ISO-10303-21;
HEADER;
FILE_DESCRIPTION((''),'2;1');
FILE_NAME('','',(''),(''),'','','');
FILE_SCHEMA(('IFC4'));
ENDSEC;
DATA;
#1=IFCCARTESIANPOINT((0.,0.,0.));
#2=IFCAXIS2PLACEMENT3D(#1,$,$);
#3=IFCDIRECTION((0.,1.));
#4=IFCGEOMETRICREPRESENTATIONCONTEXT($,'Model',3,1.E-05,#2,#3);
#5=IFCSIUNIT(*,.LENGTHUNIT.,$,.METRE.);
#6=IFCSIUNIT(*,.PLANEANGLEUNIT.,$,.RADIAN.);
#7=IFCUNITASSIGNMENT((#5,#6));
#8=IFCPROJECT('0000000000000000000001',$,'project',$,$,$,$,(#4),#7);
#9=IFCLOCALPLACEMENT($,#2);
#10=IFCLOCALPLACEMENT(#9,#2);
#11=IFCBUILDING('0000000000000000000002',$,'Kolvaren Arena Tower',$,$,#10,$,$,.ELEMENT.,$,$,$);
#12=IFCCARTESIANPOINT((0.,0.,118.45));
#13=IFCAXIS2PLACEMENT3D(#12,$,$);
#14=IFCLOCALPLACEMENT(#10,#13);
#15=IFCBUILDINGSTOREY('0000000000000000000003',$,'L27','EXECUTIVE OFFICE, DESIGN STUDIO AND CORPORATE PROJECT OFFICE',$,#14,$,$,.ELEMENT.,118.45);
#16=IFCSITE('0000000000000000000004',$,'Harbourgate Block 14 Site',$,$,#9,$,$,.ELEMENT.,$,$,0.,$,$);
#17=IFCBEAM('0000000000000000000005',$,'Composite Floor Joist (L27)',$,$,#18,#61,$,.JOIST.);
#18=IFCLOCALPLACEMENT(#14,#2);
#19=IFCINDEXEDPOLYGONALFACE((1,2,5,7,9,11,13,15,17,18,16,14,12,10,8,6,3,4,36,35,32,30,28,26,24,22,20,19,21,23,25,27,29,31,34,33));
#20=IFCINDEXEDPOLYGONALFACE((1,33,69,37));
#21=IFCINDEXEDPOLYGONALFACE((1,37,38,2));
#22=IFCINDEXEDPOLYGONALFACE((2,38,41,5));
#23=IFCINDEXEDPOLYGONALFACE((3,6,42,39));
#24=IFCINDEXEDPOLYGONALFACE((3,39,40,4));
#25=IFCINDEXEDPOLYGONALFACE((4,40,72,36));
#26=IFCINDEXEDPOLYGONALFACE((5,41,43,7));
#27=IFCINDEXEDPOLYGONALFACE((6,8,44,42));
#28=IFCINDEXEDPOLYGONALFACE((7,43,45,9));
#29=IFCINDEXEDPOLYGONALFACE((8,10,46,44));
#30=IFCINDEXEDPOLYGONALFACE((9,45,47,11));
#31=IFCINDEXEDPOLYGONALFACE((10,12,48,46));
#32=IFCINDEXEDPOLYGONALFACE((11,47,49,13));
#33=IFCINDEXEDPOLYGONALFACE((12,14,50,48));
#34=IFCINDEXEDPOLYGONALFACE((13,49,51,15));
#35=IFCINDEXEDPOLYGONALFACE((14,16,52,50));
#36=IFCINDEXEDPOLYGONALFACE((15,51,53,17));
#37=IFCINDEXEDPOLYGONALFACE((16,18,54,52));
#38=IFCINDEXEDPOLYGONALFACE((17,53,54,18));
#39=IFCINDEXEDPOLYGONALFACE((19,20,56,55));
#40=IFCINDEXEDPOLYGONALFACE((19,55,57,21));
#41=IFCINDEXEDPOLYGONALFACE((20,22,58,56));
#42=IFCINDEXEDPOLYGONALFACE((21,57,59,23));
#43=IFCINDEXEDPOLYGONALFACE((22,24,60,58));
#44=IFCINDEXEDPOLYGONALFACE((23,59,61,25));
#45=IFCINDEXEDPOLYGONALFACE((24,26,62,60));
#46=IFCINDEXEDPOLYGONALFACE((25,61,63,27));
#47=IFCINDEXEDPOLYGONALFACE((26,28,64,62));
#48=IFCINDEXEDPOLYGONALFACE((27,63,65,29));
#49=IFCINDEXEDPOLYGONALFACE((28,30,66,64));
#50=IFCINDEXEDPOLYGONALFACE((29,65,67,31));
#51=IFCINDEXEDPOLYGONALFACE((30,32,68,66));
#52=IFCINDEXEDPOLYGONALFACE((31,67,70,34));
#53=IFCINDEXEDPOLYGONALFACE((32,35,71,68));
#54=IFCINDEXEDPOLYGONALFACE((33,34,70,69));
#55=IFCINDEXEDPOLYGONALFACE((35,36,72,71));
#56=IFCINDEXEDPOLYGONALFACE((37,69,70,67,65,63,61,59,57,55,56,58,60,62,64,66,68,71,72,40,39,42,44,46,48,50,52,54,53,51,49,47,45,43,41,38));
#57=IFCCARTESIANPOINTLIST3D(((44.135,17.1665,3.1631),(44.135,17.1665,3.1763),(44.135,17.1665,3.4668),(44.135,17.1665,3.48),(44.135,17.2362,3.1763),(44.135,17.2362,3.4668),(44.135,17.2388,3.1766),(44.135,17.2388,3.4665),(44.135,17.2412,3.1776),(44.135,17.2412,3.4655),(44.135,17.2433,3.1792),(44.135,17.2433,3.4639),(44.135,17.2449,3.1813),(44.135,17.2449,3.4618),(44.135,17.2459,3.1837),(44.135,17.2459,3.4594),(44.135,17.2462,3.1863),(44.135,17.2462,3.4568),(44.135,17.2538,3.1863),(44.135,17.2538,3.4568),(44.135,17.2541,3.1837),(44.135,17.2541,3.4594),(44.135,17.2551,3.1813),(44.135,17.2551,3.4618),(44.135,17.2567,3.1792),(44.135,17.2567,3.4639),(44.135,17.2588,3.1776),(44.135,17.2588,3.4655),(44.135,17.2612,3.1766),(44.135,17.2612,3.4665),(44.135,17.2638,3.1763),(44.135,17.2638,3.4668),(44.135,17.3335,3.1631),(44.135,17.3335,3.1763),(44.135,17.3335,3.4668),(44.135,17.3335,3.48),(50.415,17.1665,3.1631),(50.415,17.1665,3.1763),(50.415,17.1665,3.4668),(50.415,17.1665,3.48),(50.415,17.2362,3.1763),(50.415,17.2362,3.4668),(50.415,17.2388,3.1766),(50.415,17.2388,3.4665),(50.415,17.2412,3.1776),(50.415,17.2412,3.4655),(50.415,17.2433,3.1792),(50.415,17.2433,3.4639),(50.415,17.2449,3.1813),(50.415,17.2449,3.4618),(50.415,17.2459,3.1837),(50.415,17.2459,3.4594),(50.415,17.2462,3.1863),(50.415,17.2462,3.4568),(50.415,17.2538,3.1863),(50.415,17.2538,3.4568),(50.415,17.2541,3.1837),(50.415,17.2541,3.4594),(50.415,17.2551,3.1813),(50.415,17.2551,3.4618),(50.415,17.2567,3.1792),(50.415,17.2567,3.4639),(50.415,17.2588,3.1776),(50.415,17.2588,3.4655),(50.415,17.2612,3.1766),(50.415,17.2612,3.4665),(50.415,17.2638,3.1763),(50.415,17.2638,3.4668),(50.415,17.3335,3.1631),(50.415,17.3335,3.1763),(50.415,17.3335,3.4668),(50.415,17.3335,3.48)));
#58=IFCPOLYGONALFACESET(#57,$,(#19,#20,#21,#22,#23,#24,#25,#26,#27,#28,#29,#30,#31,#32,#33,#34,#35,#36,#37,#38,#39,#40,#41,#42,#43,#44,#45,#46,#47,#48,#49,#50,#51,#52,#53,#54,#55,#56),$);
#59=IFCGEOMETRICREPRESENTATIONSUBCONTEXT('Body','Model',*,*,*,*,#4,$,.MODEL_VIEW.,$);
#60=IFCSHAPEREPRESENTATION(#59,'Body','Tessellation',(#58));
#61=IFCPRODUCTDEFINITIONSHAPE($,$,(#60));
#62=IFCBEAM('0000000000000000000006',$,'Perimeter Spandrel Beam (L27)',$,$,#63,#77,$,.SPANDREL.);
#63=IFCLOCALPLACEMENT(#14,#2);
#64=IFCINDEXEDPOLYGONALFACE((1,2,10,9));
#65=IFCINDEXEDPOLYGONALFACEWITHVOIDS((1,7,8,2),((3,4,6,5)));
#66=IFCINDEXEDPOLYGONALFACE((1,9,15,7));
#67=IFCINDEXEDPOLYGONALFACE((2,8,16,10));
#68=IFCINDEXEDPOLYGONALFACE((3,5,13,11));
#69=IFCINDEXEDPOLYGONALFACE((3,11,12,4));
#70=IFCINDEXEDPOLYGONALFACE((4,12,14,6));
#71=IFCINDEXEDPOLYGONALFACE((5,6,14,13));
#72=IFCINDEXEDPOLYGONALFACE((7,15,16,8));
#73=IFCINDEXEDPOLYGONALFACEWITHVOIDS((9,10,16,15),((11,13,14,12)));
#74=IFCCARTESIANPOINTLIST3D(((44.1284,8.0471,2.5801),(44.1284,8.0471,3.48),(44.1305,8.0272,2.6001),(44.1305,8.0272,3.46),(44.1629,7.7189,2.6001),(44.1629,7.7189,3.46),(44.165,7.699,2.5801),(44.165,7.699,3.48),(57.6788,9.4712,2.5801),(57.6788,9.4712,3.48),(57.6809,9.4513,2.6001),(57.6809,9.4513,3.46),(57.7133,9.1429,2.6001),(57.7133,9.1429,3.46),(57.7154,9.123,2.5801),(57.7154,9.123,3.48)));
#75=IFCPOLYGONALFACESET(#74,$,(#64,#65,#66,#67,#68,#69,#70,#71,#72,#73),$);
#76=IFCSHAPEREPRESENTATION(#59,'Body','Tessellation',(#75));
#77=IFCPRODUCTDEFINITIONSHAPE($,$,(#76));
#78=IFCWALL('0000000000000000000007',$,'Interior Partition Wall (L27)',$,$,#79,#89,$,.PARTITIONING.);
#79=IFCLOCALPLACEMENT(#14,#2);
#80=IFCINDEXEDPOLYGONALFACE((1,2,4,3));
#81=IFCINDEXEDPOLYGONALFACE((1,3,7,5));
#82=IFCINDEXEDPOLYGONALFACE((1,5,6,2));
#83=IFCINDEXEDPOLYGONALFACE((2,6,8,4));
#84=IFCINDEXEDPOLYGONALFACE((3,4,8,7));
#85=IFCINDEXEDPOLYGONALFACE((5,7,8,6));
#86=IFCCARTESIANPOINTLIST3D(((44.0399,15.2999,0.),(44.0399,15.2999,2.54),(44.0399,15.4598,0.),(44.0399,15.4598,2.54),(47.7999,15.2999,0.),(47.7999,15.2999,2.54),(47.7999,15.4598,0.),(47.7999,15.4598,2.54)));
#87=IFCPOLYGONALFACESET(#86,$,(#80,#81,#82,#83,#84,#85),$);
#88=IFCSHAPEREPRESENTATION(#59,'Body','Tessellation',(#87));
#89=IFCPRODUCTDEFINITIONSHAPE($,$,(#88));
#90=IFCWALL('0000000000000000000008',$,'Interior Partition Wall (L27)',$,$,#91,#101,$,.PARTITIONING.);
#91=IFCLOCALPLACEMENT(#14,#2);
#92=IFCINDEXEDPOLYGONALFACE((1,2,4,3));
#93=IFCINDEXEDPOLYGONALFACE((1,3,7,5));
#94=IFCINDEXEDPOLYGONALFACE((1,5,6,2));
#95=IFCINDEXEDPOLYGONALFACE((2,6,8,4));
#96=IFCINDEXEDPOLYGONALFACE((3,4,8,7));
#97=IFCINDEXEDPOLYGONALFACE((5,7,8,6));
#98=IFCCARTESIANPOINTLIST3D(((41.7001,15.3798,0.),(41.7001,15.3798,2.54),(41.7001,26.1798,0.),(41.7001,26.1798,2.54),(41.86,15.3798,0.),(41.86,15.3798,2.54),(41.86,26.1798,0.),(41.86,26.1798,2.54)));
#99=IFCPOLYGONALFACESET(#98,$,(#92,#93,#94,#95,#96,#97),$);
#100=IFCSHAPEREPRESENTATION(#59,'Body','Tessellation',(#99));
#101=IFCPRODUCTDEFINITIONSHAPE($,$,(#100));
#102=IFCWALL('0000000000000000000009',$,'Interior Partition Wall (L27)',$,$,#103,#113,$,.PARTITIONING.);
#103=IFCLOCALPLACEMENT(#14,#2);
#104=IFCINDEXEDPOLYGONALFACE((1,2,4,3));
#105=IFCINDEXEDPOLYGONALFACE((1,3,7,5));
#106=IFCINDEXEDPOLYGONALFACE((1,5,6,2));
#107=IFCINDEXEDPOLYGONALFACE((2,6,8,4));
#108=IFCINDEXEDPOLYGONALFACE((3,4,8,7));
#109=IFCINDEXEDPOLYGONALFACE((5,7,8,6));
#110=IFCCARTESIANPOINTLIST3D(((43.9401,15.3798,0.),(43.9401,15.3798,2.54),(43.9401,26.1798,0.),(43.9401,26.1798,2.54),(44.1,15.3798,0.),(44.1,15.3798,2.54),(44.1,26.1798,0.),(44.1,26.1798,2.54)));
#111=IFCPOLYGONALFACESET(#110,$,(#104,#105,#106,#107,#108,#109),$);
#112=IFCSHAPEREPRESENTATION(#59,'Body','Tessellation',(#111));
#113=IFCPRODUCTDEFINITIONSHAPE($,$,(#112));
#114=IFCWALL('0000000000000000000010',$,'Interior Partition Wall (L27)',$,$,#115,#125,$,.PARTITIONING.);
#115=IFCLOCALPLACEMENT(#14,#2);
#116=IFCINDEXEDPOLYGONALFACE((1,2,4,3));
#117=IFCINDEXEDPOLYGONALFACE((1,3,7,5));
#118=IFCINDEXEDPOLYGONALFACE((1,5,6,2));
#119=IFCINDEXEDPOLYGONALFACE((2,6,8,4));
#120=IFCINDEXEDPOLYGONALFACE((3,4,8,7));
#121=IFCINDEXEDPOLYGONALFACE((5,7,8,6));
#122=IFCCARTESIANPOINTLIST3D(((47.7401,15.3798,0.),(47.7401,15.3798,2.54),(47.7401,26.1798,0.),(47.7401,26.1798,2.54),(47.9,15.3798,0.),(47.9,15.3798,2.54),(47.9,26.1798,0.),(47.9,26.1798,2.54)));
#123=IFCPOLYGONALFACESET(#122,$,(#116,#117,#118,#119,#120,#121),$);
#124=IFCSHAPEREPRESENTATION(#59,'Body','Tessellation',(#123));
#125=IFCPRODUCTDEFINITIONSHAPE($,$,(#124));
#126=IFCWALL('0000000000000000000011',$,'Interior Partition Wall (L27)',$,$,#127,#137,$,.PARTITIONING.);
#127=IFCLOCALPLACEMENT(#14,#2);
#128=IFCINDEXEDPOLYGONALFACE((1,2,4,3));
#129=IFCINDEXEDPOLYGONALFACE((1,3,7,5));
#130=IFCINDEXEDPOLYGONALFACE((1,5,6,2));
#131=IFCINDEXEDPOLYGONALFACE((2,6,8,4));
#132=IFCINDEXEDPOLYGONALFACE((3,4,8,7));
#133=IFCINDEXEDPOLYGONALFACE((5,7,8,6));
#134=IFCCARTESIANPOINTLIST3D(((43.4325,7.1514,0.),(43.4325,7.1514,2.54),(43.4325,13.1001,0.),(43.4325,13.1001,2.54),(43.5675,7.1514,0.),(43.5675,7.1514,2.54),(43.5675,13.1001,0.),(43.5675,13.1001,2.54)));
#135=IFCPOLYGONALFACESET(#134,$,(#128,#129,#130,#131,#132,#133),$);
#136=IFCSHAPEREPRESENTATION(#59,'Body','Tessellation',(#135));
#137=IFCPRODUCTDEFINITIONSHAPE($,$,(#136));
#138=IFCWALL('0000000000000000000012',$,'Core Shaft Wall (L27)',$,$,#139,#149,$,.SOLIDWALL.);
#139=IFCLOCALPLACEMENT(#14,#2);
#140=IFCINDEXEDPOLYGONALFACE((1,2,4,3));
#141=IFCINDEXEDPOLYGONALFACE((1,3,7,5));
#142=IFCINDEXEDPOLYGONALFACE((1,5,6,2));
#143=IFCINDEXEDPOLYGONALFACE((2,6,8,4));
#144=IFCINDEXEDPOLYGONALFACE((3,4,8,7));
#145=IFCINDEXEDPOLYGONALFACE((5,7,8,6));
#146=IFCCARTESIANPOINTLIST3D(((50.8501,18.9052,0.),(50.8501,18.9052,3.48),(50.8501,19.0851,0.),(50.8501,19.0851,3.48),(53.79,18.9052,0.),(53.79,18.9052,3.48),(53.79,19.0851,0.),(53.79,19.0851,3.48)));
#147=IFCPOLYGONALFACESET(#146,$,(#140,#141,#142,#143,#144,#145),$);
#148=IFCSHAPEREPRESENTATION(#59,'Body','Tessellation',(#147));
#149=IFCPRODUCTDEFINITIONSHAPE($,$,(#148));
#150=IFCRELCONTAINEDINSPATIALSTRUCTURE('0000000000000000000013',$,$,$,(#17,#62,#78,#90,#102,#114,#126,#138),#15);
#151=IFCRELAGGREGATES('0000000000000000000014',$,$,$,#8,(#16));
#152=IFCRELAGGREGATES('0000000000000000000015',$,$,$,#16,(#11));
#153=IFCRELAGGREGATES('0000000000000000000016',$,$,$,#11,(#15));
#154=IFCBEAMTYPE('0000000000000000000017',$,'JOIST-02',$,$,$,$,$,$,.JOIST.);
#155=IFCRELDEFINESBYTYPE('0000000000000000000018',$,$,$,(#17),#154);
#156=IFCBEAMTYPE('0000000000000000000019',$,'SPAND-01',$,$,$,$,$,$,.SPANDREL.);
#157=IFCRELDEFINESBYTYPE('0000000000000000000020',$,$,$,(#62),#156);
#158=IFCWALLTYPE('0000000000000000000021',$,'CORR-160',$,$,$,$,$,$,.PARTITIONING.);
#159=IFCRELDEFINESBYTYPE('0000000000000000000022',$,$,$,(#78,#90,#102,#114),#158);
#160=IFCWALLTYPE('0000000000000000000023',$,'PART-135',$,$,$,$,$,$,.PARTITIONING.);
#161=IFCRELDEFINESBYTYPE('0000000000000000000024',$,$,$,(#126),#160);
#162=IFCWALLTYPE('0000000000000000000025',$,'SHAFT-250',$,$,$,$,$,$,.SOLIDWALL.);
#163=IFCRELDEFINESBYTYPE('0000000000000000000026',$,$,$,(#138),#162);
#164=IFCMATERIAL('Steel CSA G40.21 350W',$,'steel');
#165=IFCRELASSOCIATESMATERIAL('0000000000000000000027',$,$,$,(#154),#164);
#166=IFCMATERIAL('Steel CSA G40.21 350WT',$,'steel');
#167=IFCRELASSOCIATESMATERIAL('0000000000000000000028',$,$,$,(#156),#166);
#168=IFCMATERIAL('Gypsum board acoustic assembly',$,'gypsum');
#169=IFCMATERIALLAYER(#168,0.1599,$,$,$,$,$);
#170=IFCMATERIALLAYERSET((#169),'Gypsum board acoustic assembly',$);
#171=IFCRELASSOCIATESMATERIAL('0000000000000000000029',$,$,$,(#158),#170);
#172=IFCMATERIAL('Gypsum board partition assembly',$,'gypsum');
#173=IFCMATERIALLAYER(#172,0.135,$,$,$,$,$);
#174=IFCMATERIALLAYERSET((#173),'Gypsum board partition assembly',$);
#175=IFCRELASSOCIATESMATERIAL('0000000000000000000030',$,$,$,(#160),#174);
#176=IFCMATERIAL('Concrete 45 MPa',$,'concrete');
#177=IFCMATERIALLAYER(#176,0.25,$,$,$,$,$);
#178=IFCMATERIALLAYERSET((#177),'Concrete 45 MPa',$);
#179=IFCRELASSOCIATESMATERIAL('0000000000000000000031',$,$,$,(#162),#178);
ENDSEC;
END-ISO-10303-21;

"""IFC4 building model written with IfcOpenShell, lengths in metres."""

from ifc_helpers import new_model, si_unit, direction, frame, frame_2d, origin, origin_2d, place, context, subcontext, project, spatial, rectangle, hollow_rectangle, i_section, extrude, material, layer, layer_set, material_profile, profile_set, type_object, element, save


model = new_model("IFC4")

# Units and contexts
model_context = context("Model", 3, precision=1e-05, world=origin(), true_north=direction((0.0, 1.0)))
body_context = subcontext(model_context, "Body", "Model", "MODEL_VIEW")
ifc_project = project(units=[si_unit("LENGTHUNIT", "METRE"), si_unit("PLANEANGLEUNIT", "RADIAN")], contexts=[model_context])

# Site, building, storey
site_placement = place(None, origin())
site = spatial("IfcSite", under=ifc_project, at=site_placement, Name="Harbourgate Block 14 Site", CompositionType="ELEMENT", RefElevation=0.0)
building_placement = place(site_placement, origin())
building = spatial("IfcBuilding", under=site, at=building_placement, Name="Kolvaren Arena Tower", CompositionType="ELEMENT")
storey_placement = place(building_placement, frame((0.0, 0.0, 118.45)))
storey = spatial("IfcBuildingStorey", under=building, at=storey_placement, Name="L27", Description="EXECUTIVE OFFICE, DESIGN STUDIO AND CORPORATE PROJECT OFFICE", CompositionType="ELEMENT", Elevation=118.45)

# Beams
ifc_material_1 = material(Name="Steel CSA G40.21 350W", Category="steel")
ifc_material_profile_1 = material_profile(ifc_material_1, i_section(OverallWidth=0.167, OverallDepth=0.3169, WebThickness=0.0076, FlangeThickness=0.0132, FilletRadius=0.01, at=origin_2d()), Name="W310x52")
ifc_profile_set_1 = profile_set([ifc_material_profile_1], Name="Steel CSA G40.21 350W")
beam_type_1 = type_object("IfcBeamType", Name="JOIST-02", PredefinedType="JOIST", material=ifc_profile_set_1)
beam_1_placement = place(storey_placement, frame((44.135, 17.25, 3.3215), z_axis=(1.0, 0.0, 0.0), x_axis=(0.0, 1.0, 0.0)))
element("IfcBeam", 1, at=beam_1_placement, inside=storey, type_object=beam_type_1, Name="Composite Floor Joist (L27)", PredefinedType="JOIST", context=body_context, shape_type="SweptSolid", body=[
    extrude(i_section(OverallWidth=0.167, OverallDepth=0.3169, WebThickness=0.0076, FlangeThickness=0.0132, FilletRadius=0.01, at=origin_2d()), origin(), (0.0, 0.0, 1.0), 6.28),
])
ifc_material_2 = material(Name="Steel CSA G40.21 350WT", Category="steel")
ifc_material_profile_2 = material_profile(ifc_material_2, hollow_rectangle(XDim=0.3501, YDim=0.8999, WallThickness=0.02, at=origin_2d()), Name="HSS 900x350x20")
ifc_profile_set_2 = profile_set([ifc_material_profile_2], Name="Steel CSA G40.21 350WT")
beam_type_2 = type_object("IfcBeamType", Name="SPAND-01", PredefinedType="SPANDREL", material=ifc_profile_set_2)
beam_2_placement = place(storey_placement, frame((44.1467, 7.873, 3.03), z_axis=(0.994523, 0.10452, 0.0), x_axis=(-0.10452, 0.994523, 0.0)))
element("IfcBeam", 2, at=beam_2_placement, inside=storey, type_object=beam_type_2, Name="Perimeter Spandrel Beam (L27)", PredefinedType="SPANDREL", context=body_context, shape_type="SweptSolid", body=[
    extrude(hollow_rectangle(XDim=0.3501, YDim=0.8999, WallThickness=0.02, at=origin_2d()), origin(), (0.0, 0.0, 1.0), 13.625),
])

# Walls
ifc_material_3 = material(Name="Gypsum board acoustic assembly", Category="gypsum")
ifc_layer_1 = layer(ifc_material_3, 0.1599)
ifc_layer_set_1 = layer_set([ifc_layer_1], Name="Gypsum board acoustic assembly")
wall_type_1 = type_object("IfcWallType", Name="CORR-160", PredefinedType="PARTITIONING", material=ifc_layer_set_1)
wall_1_placement = place(storey_placement, frame((44.04, 15.3799, 0.0), z_axis=(0.0, 0.0, 1.0), x_axis=(1.0, 0.0, 0.0)))
element("IfcWall", 3, at=wall_1_placement, inside=storey, type_object=wall_type_1, Name="Interior Partition Wall (L27)", PredefinedType="PARTITIONING", context=body_context, shape_type="SweptSolid", body=[
    extrude(rectangle(XDim=3.76, YDim=0.1599, at=frame_2d((1.8799, 0.0))), origin(), (0.0, 0.0, 1.0), 2.54),
])
for number, where, z_axis, x_axis, name in (
    (4, (41.78, 15.3799, 0.0), (0.0, 0.0, 1.0), (0.0, 1.0, 0.0), "Interior Partition Wall (L27)"),
    (5, (44.02, 15.3799, 0.0), (0.0, 0.0, 1.0), (0.0, 1.0, 0.0), "Interior Partition Wall (L27)"),
    (6, (47.8201, 15.3799, 0.0), (0.0, 0.0, 1.0), (0.0, 1.0, 0.0), "Interior Partition Wall (L27)"),
):
    element("IfcWall", number, at=place(storey_placement, frame(where, z_axis=z_axis, x_axis=x_axis)), inside=storey, type_object=wall_type_1, Name=name, PredefinedType="PARTITIONING", context=body_context, shape_type="SweptSolid", body=[
        extrude(rectangle(XDim=10.8, YDim=0.1599, at=frame_2d((5.3999, 0.0))), origin(), (0.0, 0.0, 1.0), 2.54),
    ])
ifc_material_4 = material(Name="Gypsum board partition assembly", Category="gypsum")
ifc_layer_2 = layer(ifc_material_4, 0.135)
ifc_layer_set_2 = layer_set([ifc_layer_2], Name="Gypsum board partition assembly")
wall_type_2 = type_object("IfcWallType", Name="PART-135", PredefinedType="PARTITIONING", material=ifc_layer_set_2)
wall_2_placement = place(storey_placement, frame((43.5, 7.1514, 0.0), z_axis=(0.0, 0.0, 1.0), x_axis=(0.0, 1.0, 0.0)))
element("IfcWall", 7, at=wall_2_placement, inside=storey, type_object=wall_type_2, Name="Interior Partition Wall (L27)", PredefinedType="PARTITIONING", context=body_context, shape_type="SweptSolid", body=[
    extrude(rectangle(XDim=5.9487, YDim=0.135, at=frame_2d((2.9744, 0.0))), origin(), (0.0, 0.0, 1.0), 2.54),
])
ifc_material_5 = material(Name="Concrete 45 MPa", Category="concrete")
ifc_layer_3 = layer(ifc_material_5, 0.25)
ifc_layer_set_3 = layer_set([ifc_layer_3], Name="Concrete 45 MPa")
wall_type_3 = type_object("IfcWallType", Name="SHAFT-250", PredefinedType="SOLIDWALL", material=ifc_layer_set_3)
wall_3_placement = place(storey_placement, frame((50.8501, 18.9951, 0.0), z_axis=(0.0, 0.0, 1.0), x_axis=(1.0, 0.0, 0.0)))
element("IfcWall", 8, at=wall_3_placement, inside=storey, type_object=wall_type_3, Name="Core Shaft Wall (L27)", PredefinedType="SOLIDWALL", context=body_context, shape_type="SweptSolid", body=[
    extrude(rectangle(XDim=2.9399, YDim=0.1799, at=frame_2d((1.47, 0.0))), origin(), (0.0, 0.0, 1.0), 3.48),
])

save(model, "model.ifc")
